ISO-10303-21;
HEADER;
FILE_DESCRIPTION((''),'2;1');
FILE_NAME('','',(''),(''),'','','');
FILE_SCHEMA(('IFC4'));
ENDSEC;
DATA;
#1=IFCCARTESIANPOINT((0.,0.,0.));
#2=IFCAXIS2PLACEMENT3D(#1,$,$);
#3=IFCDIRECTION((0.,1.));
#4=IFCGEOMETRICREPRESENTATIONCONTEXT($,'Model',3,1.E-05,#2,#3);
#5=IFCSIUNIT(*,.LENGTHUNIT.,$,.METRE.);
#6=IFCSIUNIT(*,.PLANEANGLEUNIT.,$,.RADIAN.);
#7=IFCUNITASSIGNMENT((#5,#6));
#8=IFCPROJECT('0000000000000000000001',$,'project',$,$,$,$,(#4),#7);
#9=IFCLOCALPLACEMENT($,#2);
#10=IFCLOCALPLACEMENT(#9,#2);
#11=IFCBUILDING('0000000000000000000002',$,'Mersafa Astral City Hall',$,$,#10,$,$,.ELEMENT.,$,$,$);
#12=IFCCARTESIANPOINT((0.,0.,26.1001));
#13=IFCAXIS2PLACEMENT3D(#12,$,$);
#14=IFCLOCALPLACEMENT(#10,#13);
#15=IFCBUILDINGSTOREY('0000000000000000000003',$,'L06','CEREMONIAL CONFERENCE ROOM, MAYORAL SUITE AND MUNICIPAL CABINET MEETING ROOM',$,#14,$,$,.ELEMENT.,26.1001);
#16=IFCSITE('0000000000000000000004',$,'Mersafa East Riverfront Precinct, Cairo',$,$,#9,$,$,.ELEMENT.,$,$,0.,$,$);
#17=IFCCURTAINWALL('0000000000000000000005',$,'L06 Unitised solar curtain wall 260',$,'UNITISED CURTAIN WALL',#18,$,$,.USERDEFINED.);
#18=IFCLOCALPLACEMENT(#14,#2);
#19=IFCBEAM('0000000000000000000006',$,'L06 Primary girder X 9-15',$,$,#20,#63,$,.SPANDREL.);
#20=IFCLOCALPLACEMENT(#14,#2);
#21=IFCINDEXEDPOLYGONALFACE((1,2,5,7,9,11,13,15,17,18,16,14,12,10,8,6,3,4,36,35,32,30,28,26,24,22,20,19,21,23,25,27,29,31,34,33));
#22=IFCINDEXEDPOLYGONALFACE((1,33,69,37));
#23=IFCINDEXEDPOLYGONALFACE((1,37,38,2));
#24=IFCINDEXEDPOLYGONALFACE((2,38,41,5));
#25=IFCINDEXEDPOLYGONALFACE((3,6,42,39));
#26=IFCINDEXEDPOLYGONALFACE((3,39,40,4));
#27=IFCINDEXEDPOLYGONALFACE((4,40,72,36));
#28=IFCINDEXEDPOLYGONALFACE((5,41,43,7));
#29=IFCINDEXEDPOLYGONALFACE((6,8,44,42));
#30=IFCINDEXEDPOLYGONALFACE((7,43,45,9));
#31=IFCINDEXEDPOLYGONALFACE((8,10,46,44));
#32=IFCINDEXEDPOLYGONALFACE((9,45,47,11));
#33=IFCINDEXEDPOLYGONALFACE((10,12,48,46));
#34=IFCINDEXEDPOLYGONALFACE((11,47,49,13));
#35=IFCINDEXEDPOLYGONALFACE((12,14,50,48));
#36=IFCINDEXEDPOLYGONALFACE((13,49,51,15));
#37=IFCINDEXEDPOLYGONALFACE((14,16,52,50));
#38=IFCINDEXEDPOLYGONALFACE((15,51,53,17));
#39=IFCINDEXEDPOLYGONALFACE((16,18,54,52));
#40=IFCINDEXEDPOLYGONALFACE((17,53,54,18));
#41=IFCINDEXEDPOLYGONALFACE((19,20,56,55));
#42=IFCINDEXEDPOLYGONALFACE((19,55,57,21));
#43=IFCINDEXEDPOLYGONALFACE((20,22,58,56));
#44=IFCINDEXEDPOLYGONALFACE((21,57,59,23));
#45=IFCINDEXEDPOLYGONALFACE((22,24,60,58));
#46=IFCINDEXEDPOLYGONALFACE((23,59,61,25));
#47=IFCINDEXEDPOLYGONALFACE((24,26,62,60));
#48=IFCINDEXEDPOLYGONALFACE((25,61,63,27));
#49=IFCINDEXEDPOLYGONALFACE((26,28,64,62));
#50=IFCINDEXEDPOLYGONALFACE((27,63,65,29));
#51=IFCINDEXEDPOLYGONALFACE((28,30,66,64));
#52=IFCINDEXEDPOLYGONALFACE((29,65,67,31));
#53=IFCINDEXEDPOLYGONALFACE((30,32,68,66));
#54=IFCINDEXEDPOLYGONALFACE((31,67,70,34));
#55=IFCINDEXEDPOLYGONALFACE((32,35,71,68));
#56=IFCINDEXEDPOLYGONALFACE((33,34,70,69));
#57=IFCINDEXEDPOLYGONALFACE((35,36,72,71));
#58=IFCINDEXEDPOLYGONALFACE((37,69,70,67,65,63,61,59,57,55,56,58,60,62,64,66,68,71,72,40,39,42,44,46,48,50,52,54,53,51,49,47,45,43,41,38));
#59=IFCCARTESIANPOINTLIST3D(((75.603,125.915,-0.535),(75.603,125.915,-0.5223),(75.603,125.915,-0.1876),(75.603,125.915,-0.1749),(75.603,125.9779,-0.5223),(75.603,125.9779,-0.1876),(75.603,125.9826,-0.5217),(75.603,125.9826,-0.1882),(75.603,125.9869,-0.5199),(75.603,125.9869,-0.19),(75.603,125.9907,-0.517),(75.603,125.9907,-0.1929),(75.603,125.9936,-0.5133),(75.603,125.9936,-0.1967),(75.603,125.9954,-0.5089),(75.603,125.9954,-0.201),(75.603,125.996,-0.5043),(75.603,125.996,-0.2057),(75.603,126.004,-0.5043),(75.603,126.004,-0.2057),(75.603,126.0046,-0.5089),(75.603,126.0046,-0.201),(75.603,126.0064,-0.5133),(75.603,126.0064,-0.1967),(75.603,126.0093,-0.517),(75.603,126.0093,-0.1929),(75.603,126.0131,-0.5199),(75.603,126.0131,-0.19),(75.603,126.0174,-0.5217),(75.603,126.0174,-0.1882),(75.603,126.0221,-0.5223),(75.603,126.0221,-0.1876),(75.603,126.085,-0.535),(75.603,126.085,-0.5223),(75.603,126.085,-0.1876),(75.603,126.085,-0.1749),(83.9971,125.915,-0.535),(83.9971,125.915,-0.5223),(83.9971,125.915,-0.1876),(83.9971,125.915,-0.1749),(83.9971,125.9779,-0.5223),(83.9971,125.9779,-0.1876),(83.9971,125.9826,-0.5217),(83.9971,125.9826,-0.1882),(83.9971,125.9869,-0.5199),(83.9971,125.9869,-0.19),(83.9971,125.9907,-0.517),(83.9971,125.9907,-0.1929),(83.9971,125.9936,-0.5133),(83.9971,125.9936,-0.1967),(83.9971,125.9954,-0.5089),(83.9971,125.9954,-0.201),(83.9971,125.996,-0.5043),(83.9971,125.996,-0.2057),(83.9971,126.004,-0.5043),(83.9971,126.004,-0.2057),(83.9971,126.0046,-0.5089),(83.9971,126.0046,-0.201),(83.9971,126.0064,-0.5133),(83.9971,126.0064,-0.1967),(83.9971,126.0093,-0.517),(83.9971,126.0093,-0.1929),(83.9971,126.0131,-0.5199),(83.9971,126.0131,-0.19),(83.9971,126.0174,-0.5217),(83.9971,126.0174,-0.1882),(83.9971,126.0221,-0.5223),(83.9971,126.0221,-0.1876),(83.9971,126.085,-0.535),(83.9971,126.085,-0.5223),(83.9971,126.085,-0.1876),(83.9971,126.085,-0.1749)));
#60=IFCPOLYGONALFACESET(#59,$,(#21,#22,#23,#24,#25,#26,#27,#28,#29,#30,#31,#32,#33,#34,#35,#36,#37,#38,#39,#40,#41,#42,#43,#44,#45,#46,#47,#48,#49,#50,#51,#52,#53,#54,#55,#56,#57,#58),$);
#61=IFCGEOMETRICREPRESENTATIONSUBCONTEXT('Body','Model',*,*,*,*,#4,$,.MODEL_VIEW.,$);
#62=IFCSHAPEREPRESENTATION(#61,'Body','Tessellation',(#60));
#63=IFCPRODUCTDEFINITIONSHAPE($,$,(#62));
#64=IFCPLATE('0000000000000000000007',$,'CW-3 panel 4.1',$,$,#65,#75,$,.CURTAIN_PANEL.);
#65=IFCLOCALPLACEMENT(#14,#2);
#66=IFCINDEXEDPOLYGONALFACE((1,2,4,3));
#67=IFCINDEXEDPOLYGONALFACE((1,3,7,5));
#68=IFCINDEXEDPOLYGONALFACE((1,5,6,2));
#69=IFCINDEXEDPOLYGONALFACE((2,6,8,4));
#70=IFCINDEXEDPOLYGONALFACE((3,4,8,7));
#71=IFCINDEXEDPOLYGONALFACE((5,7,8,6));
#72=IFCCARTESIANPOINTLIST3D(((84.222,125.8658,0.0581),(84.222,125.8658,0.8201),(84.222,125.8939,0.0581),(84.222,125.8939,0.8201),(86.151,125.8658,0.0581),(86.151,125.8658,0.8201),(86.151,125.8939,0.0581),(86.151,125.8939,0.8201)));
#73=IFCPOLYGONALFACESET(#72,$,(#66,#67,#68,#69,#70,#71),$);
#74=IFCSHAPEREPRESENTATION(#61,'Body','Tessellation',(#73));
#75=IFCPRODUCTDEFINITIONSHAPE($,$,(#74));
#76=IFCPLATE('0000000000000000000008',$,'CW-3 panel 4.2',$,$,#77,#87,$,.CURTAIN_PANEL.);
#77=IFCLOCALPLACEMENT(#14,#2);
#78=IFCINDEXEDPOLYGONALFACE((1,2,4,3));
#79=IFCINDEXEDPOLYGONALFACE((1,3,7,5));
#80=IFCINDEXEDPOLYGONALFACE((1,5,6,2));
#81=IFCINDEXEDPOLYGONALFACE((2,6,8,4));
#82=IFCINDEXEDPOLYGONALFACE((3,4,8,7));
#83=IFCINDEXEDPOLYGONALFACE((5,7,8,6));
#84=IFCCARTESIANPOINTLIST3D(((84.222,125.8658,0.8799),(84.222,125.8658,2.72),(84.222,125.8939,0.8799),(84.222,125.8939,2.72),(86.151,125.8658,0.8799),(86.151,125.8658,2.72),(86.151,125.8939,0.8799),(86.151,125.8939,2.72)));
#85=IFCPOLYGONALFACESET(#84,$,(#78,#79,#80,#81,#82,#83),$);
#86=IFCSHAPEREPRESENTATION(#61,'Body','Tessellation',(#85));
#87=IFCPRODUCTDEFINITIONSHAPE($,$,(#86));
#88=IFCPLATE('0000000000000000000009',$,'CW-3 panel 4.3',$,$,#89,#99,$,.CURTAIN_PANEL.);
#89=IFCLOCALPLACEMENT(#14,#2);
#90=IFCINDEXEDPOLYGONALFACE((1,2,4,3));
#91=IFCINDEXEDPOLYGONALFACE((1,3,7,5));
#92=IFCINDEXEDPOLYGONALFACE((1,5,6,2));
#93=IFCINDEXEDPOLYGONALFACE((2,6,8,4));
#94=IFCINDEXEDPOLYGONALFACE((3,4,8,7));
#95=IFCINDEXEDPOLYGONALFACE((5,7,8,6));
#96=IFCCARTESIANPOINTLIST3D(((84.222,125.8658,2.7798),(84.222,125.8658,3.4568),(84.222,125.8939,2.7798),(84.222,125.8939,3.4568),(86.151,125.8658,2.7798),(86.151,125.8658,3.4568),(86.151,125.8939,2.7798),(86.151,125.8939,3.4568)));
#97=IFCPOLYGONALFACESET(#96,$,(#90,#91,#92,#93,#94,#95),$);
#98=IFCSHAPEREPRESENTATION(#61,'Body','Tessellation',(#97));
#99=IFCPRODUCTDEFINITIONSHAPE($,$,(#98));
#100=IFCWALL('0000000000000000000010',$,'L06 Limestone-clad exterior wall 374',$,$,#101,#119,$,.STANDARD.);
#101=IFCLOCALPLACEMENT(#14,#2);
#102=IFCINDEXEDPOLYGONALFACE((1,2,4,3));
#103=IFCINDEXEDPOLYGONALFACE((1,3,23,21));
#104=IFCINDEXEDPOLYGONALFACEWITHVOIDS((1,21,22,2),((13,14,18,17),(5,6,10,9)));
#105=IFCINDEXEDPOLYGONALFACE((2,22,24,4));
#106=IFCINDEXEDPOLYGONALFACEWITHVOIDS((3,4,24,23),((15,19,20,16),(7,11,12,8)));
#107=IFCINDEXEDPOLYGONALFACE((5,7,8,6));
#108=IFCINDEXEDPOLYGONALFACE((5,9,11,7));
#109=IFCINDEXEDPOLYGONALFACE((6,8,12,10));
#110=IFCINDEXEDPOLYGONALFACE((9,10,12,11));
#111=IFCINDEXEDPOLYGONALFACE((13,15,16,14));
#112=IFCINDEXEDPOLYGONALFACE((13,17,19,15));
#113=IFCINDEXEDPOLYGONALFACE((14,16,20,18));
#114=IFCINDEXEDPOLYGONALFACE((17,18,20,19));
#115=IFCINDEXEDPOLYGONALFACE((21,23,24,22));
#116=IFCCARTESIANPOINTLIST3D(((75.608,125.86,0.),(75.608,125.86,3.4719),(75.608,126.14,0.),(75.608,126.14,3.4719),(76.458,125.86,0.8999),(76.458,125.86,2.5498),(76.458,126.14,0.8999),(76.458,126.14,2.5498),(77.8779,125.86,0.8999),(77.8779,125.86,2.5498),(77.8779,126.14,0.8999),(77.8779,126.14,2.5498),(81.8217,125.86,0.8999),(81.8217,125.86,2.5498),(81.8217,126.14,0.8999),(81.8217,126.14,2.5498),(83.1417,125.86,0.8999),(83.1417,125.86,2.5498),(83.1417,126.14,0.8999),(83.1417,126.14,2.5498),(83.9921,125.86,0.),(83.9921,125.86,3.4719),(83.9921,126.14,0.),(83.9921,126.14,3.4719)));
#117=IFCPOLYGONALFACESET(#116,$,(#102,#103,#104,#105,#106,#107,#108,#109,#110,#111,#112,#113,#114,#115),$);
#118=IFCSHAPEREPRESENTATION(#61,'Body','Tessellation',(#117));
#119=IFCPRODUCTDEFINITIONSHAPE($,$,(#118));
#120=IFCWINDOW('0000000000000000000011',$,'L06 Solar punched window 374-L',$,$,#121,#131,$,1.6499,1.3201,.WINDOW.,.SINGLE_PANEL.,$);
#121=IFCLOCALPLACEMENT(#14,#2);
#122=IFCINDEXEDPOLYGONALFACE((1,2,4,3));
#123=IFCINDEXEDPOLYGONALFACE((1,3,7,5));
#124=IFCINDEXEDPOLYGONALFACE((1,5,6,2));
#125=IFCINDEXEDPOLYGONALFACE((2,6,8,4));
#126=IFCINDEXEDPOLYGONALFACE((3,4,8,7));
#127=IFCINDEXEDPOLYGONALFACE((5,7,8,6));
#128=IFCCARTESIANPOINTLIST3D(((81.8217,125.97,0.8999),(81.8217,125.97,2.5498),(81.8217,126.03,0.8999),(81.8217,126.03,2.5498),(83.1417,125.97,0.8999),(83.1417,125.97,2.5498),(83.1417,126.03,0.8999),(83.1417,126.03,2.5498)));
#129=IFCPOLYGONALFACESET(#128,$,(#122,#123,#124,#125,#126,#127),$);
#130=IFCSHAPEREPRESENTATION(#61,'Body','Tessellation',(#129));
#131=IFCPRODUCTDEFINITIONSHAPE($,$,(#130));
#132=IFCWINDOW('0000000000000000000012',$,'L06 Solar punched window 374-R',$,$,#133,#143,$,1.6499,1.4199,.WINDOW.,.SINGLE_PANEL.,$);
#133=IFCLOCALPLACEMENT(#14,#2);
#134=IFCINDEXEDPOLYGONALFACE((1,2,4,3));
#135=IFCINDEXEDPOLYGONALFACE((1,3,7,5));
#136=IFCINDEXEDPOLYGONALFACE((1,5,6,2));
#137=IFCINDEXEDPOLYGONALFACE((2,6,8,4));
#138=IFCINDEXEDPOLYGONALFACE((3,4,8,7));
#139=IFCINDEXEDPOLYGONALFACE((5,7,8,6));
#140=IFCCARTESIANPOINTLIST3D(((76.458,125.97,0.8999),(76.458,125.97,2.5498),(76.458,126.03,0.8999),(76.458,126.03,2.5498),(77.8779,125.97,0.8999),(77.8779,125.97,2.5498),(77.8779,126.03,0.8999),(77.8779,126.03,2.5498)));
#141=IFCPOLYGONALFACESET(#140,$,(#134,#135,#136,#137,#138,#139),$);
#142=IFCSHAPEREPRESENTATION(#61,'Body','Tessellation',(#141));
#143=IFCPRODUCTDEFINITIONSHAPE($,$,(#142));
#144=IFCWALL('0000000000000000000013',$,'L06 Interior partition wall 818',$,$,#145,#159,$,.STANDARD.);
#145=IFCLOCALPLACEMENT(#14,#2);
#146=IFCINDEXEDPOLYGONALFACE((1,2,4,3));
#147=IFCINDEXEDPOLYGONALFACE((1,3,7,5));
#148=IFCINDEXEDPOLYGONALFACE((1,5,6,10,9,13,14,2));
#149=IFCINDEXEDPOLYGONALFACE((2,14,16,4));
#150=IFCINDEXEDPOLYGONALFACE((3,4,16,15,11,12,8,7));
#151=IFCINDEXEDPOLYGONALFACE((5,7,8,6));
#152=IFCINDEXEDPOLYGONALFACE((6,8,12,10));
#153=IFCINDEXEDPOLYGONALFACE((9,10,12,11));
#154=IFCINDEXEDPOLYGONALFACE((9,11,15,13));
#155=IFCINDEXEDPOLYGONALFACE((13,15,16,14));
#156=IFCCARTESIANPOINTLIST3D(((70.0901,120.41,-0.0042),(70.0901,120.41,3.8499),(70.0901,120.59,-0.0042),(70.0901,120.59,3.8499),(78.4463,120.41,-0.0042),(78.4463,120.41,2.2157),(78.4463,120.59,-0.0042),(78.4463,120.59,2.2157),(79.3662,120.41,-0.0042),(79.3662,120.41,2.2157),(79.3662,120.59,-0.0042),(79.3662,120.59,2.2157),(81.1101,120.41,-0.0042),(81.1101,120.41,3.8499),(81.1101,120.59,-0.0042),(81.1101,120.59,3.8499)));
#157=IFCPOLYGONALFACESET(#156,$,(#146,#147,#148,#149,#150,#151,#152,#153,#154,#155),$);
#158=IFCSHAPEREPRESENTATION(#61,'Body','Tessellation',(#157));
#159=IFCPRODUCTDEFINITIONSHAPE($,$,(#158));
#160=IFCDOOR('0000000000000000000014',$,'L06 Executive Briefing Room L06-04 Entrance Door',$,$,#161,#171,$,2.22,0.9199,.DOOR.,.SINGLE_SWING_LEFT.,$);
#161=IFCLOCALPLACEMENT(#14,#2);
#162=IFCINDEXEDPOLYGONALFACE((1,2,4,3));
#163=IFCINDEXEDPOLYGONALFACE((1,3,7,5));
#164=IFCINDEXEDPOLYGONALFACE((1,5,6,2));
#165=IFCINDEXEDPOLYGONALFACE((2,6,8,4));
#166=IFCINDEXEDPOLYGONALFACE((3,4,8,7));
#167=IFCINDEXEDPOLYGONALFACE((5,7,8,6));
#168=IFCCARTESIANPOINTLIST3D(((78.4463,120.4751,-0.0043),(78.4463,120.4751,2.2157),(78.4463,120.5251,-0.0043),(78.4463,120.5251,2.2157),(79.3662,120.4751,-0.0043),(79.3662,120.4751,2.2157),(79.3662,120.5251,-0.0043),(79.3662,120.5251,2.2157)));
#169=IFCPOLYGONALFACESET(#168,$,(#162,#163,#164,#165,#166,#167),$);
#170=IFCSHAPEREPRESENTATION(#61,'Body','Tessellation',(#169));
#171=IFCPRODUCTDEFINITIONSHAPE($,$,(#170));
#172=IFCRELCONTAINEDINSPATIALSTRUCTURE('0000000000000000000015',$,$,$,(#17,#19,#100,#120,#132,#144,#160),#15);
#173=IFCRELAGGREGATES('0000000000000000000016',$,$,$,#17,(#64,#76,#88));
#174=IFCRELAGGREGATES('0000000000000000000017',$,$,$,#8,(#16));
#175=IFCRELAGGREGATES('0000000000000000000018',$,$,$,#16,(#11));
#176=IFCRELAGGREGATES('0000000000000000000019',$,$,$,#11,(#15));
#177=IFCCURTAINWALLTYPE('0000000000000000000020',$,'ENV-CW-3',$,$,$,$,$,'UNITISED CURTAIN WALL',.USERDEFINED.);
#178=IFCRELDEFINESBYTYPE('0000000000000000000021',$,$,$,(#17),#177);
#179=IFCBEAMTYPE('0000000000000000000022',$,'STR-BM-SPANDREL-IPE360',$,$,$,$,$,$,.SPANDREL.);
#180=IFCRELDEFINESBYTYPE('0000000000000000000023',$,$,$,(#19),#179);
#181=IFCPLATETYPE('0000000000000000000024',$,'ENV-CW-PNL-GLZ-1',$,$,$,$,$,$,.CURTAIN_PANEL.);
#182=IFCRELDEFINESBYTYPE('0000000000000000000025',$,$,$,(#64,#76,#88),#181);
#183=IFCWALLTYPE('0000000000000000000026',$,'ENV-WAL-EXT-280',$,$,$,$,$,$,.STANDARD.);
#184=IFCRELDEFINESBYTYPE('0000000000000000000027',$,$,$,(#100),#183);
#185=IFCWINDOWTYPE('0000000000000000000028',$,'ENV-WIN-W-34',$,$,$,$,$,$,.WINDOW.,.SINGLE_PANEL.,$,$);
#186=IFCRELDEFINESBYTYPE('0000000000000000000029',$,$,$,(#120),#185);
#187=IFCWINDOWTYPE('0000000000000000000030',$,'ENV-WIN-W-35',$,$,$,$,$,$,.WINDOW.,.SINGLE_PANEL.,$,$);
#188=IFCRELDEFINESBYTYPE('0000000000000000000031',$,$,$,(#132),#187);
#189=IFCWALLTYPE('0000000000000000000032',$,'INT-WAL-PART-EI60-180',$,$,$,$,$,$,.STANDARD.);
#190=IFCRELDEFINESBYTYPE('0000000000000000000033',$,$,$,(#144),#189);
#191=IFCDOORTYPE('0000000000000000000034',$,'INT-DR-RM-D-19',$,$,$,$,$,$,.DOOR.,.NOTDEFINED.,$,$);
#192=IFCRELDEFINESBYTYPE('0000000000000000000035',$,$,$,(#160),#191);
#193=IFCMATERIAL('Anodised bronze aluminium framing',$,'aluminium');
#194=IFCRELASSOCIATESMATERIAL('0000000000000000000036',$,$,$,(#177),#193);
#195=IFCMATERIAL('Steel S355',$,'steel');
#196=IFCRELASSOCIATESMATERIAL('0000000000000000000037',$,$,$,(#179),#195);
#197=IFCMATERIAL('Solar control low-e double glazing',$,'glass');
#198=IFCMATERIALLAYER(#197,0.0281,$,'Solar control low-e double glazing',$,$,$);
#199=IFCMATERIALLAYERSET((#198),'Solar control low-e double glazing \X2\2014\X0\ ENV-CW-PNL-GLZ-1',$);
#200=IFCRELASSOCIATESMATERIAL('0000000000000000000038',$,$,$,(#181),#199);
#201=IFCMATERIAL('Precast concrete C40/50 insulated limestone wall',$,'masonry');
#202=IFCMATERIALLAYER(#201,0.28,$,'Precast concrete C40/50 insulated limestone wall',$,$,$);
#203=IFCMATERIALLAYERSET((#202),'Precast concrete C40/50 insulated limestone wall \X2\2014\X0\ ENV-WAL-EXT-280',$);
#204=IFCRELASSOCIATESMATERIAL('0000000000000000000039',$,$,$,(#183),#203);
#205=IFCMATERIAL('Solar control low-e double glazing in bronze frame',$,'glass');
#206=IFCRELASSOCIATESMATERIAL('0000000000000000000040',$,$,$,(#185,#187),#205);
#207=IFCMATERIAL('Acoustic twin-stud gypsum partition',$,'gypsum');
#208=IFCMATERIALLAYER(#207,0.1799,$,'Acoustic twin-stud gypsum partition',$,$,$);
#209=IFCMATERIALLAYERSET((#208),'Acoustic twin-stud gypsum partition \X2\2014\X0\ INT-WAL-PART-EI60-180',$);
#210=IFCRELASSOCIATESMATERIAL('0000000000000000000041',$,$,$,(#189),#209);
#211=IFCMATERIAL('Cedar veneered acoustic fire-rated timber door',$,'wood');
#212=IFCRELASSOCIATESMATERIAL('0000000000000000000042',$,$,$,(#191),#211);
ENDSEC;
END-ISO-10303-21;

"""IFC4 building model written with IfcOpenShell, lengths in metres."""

from ifc_helpers import new_model, si_unit, direction, frame, frame_2d, origin, origin_2d, place, context, subcontext, project, spatial, rectangle, i_section, extrude, material, layer, layer_set, material_profile, profile_set, type_object, element, fill, aggregate, save


model = new_model("IFC4")

# Units and contexts
model_context = context("Model", 3, precision=1e-05, world=origin(), true_north=direction((0.0, 1.0)))
body_context = subcontext(model_context, "Body", "Model", "MODEL_VIEW")
ifc_project = project(units=[si_unit("LENGTHUNIT", "METRE"), si_unit("PLANEANGLEUNIT", "RADIAN")], contexts=[model_context])

# Site, building, storey
site_placement = place(None, origin())
site = spatial("IfcSite", under=ifc_project, at=site_placement, Name="Mersafa East Riverfront Precinct, Cairo", CompositionType="ELEMENT", RefElevation=0.0)
building_placement = place(site_placement, origin())
building = spatial("IfcBuilding", under=site, at=building_placement, Name="Mersafa Astral City Hall", CompositionType="ELEMENT")
storey_placement = place(building_placement, frame((0.0, 0.0, 26.1001)))
storey = spatial("IfcBuildingStorey", under=building, at=storey_placement, Name="L06", Description="CEREMONIAL CONFERENCE ROOM, MAYORAL SUITE AND MUNICIPAL CABINET MEETING ROOM", CompositionType="ELEMENT", Elevation=26.1001)

# Shared definitions
ifc_material_1 = material(Name="Steel S355", Category="steel")

# Curtain wall
ifc_material_2 = material(Name="Anodised bronze aluminium framing", Category="aluminium")
curtain_wall_type = type_object("IfcCurtainWallType", Name="ENV-CW-3", ElementType="UNITISED CURTAIN WALL", PredefinedType="USERDEFINED", material=ifc_material_2)
curtain_wall_placement = place(storey_placement, origin())
curtain_wall = element("IfcCurtainWall", 1, at=curtain_wall_placement, inside=storey, type_object=curtain_wall_type, Name="L06 Unitised solar curtain wall 260", ObjectType="UNITISED CURTAIN WALL", PredefinedType="USERDEFINED")

# Beam
ifc_material_profile_1 = material_profile(ifc_material_1, i_section(OverallWidth=0.1699, OverallDepth=0.3601, WebThickness=0.0081, FlangeThickness=0.0127, FilletRadius=0.0181, at=origin_2d()), Name="IPE 360")
ifc_profile_set_1 = profile_set([ifc_material_profile_1], Name="Steel S355")
beam_type_1 = type_object("IfcBeamType", Name="STR-BM-SPANDREL-IPE360", PredefinedType="SPANDREL", material=ifc_profile_set_1)
beam_1_placement = place(storey_placement, frame((75.603, 126.0, -0.355), z_axis=(1.0, 0.0, 0.0), x_axis=(0.0, 1.0, 0.0)))
element("IfcBeam", 2, at=beam_1_placement, inside=storey, type_object=beam_type_1, Name="L06 Primary girder X 9-15", PredefinedType="SPANDREL", context=body_context, shape_type="SweptSolid", body=[
    extrude(i_section(OverallWidth=0.1699, OverallDepth=0.3601, WebThickness=0.0081, FlangeThickness=0.0127, FilletRadius=0.0181, at=origin_2d()), origin(), (0.0, 0.0, 1.0), 8.394),
])

# Plates
ifc_material_3 = material(Name="Solar control low-e double glazing", Category="glass")
ifc_layer_1 = layer(ifc_material_3, 0.0281, Name="Solar control low-e double glazing")
ifc_layer_set_1 = layer_set([ifc_layer_1], Name="Solar control low-e double glazing — ENV-CW-PNL-GLZ-1")
plate_type = type_object("IfcPlateType", Name="ENV-CW-PNL-GLZ-1", PredefinedType="CURTAIN_PANEL", material=ifc_layer_set_1)
plate_1_placement = place(storey_placement, frame((85.1865, 125.8799, 0.0581), z_axis=(0.0, 0.0, 1.0), x_axis=(-1.0, 0.0, 0.0)))
plate_1 = element("IfcPlate", 3, at=plate_1_placement, type_object=plate_type, Name="CW-3 panel 4.1", PredefinedType="CURTAIN_PANEL", context=body_context, shape_type="SweptSolid", body=[
    extrude(rectangle(XDim=1.929, YDim=0.0281, at=origin_2d()), origin(), (0.0, 0.0, 1.0), 0.762),
])
plate_2_placement = place(storey_placement, frame((85.1865, 125.8799, 0.8799), z_axis=(0.0, 0.0, 1.0), x_axis=(-1.0, 0.0, 0.0)))
plate_2 = element("IfcPlate", 4, at=plate_2_placement, type_object=plate_type, Name="CW-3 panel 4.2", PredefinedType="CURTAIN_PANEL", context=body_context, shape_type="SweptSolid", body=[
    extrude(rectangle(XDim=1.929, YDim=0.0281, at=origin_2d()), origin(), (0.0, 0.0, 1.0), 1.8401),
])
plate_3_placement = place(storey_placement, frame((85.1865, 125.8799, 2.7798), z_axis=(0.0, 0.0, 1.0), x_axis=(-1.0, 0.0, 0.0)))
plate_3 = element("IfcPlate", 5, at=plate_3_placement, type_object=plate_type, Name="CW-3 panel 4.3", PredefinedType="CURTAIN_PANEL", context=body_context, shape_type="SweptSolid", body=[
    extrude(rectangle(XDim=1.929, YDim=0.0281, at=origin_2d()), origin(), (0.0, 0.0, 1.0), 0.677),
])
aggregate(curtain_wall, [plate_1, plate_2, plate_3])

# Wall, openings, windows
ifc_material_4 = material(Name="Precast concrete C40/50 insulated limestone wall", Category="masonry")
ifc_layer_2 = layer(ifc_material_4, 0.28, Name="Precast concrete C40/50 insulated limestone wall")
ifc_layer_set_2 = layer_set([ifc_layer_2], Name="Precast concrete C40/50 insulated limestone wall — ENV-WAL-EXT-280")
wall_type_1 = type_object("IfcWallType", Name="ENV-WAL-EXT-280", PredefinedType="STANDARD", material=ifc_layer_set_2)
wall_1_placement = place(storey_placement, frame((83.9919, 126.0, 0.0), z_axis=(0.0, 0.0, 1.0), x_axis=(-1.0, 0.0, 0.0)))
wall_1 = element("IfcWall", 6, at=wall_1_placement, inside=storey, type_object=wall_type_1, Name="L06 Limestone-clad exterior wall 374", PredefinedType="STANDARD", context=body_context, shape_type="SweptSolid", body=[
    extrude(rectangle(XDim=8.384, YDim=0.28, at=frame_2d((4.1919, 0.0))), origin(), (0.0, 0.0, 1.0), 3.4719),
])
opening_1_placement = place(wall_1_placement, frame((0.8501, 0.0, 0.8999)))
opening_1 = element("IfcOpeningElement", 7, at=opening_1_placement, cuts=wall_1, PredefinedType="OPENING", context=body_context, shape_type="SweptSolid", body=[
    extrude(rectangle(XDim=1.3201, YDim=1.6499, at=frame_2d((0.6602, 0.825))), frame((0.0, 0.1499, 0.0), z_axis=(0.0, -1.0, 0.0), x_axis=(1.0, 0.0, 0.0)), (0.0, 0.0, 1.0), 0.3),
])
opening_2_placement = place(wall_1_placement, frame((6.114, 0.0, 0.8999)))
opening_2 = element("IfcOpeningElement", 8, at=opening_2_placement, cuts=wall_1, PredefinedType="OPENING", context=body_context, shape_type="SweptSolid", body=[
    extrude(rectangle(XDim=1.4199, YDim=1.6499, at=frame_2d((0.71, 0.825))), frame((0.0, 0.1499, 0.0), z_axis=(0.0, -1.0, 0.0), x_axis=(1.0, 0.0, 0.0)), (0.0, 0.0, 1.0), 0.3),
])
ifc_material_5 = material(Name="Solar control low-e double glazing in bronze frame", Category="glass")
window_type_1 = type_object("IfcWindowType", Name="ENV-WIN-W-34", PartitioningType="SINGLE_PANEL", PredefinedType="WINDOW", material=ifc_material_5)
window_1_placement = place(opening_1_placement, origin())
window_1 = element("IfcWindow", 9, at=window_1_placement, inside=storey, type_object=window_type_1, Name="L06 Solar punched window 374-L", OverallHeight=1.6499, OverallWidth=1.3201, PartitioningType="SINGLE_PANEL", PredefinedType="WINDOW", context=body_context, shape_type="SweptSolid", body=[
    extrude(rectangle(XDim=1.3201, YDim=1.6499, at=frame_2d((0.6602, 0.825))), frame((0.0, 0.03, 0.0), z_axis=(0.0, -1.0, 0.0), x_axis=(1.0, 0.0, 0.0)), (0.0, 0.0, 1.0), 0.0601),
])
fill(opening_1, window_1)
window_type_2 = type_object("IfcWindowType", Name="ENV-WIN-W-35", PartitioningType="SINGLE_PANEL", PredefinedType="WINDOW", material=ifc_material_5)
window_2_placement = place(opening_2_placement, origin())
window_2 = element("IfcWindow", 10, at=window_2_placement, inside=storey, type_object=window_type_2, Name="L06 Solar punched window 374-R", OverallHeight=1.6499, OverallWidth=1.4199, PartitioningType="SINGLE_PANEL", PredefinedType="WINDOW", context=body_context, shape_type="SweptSolid", body=[
    extrude(rectangle(XDim=1.4199, YDim=1.6499, at=frame_2d((0.71, 0.825))), frame((0.0, 0.03, 0.0), z_axis=(0.0, -1.0, 0.0), x_axis=(1.0, 0.0, 0.0)), (0.0, 0.0, 1.0), 0.0601),
])
fill(opening_2, window_2)

# Wall, opening, door
ifc_material_6 = material(Name="Acoustic twin-stud gypsum partition", Category="gypsum")
ifc_layer_3 = layer(ifc_material_6, 0.1799, Name="Acoustic twin-stud gypsum partition")
ifc_layer_set_3 = layer_set([ifc_layer_3], Name="Acoustic twin-stud gypsum partition — INT-WAL-PART-EI60-180")
wall_type_2 = type_object("IfcWallType", Name="INT-WAL-PART-EI60-180", PredefinedType="STANDARD", material=ifc_layer_set_3)
wall_2_placement = place(storey_placement, frame((81.1101, 120.5, -0.0042), z_axis=(0.0, 0.0, 1.0), x_axis=(-1.0, 0.0, 0.0)))
wall_2 = element("IfcWall", 11, at=wall_2_placement, inside=storey, type_object=wall_type_2, Name="L06 Interior partition wall 818", PredefinedType="STANDARD", context=body_context, shape_type="SweptSolid", body=[
    extrude(rectangle(XDim=11.02, YDim=0.1799, at=frame_2d((5.51, 0.0))), origin(), (0.0, 0.0, 1.0), 3.854),
])
opening_3_placement = place(wall_2_placement, frame((1.7439, 0.0, 0.0)))
opening_3 = element("IfcOpeningElement", 12, at=opening_3_placement, cuts=wall_2, PredefinedType="OPENING", context=body_context, shape_type="SweptSolid", body=[
    extrude(rectangle(XDim=0.9199, YDim=2.22, at=frame_2d((0.46, 1.1099))), frame((0.0, 0.0999, 0.0), z_axis=(0.0, -1.0, 0.0), x_axis=(1.0, 0.0, 0.0)), (0.0, 0.0, 1.0), 0.2),
])
ifc_material_7 = material(Name="Cedar veneered acoustic fire-rated timber door", Category="wood")
door_type = type_object("IfcDoorType", Name="INT-DR-RM-D-19", OperationType="NOTDEFINED", PredefinedType="DOOR", material=ifc_material_7)
door_placement = place(opening_3_placement, origin())
door = element("IfcDoor", 13, at=door_placement, inside=storey, type_object=door_type, Name="L06 Executive Briefing Room L06-04 Entrance Door", OperationType="SINGLE_SWING_LEFT", OverallHeight=2.22, OverallWidth=0.9199, PredefinedType="DOOR", context=body_context, shape_type="SweptSolid", body=[
    extrude(rectangle(XDim=0.9199, YDim=2.22, at=frame_2d((0.46, 1.1099))), frame((0.0, 0.0249, 0.0), z_axis=(0.0, -1.0, 0.0), x_axis=(1.0, 0.0, 0.0)), (0.0, 0.0, 1.0), 0.05),
])
fill(opening_3, door)

save(model, "model.ifc")
